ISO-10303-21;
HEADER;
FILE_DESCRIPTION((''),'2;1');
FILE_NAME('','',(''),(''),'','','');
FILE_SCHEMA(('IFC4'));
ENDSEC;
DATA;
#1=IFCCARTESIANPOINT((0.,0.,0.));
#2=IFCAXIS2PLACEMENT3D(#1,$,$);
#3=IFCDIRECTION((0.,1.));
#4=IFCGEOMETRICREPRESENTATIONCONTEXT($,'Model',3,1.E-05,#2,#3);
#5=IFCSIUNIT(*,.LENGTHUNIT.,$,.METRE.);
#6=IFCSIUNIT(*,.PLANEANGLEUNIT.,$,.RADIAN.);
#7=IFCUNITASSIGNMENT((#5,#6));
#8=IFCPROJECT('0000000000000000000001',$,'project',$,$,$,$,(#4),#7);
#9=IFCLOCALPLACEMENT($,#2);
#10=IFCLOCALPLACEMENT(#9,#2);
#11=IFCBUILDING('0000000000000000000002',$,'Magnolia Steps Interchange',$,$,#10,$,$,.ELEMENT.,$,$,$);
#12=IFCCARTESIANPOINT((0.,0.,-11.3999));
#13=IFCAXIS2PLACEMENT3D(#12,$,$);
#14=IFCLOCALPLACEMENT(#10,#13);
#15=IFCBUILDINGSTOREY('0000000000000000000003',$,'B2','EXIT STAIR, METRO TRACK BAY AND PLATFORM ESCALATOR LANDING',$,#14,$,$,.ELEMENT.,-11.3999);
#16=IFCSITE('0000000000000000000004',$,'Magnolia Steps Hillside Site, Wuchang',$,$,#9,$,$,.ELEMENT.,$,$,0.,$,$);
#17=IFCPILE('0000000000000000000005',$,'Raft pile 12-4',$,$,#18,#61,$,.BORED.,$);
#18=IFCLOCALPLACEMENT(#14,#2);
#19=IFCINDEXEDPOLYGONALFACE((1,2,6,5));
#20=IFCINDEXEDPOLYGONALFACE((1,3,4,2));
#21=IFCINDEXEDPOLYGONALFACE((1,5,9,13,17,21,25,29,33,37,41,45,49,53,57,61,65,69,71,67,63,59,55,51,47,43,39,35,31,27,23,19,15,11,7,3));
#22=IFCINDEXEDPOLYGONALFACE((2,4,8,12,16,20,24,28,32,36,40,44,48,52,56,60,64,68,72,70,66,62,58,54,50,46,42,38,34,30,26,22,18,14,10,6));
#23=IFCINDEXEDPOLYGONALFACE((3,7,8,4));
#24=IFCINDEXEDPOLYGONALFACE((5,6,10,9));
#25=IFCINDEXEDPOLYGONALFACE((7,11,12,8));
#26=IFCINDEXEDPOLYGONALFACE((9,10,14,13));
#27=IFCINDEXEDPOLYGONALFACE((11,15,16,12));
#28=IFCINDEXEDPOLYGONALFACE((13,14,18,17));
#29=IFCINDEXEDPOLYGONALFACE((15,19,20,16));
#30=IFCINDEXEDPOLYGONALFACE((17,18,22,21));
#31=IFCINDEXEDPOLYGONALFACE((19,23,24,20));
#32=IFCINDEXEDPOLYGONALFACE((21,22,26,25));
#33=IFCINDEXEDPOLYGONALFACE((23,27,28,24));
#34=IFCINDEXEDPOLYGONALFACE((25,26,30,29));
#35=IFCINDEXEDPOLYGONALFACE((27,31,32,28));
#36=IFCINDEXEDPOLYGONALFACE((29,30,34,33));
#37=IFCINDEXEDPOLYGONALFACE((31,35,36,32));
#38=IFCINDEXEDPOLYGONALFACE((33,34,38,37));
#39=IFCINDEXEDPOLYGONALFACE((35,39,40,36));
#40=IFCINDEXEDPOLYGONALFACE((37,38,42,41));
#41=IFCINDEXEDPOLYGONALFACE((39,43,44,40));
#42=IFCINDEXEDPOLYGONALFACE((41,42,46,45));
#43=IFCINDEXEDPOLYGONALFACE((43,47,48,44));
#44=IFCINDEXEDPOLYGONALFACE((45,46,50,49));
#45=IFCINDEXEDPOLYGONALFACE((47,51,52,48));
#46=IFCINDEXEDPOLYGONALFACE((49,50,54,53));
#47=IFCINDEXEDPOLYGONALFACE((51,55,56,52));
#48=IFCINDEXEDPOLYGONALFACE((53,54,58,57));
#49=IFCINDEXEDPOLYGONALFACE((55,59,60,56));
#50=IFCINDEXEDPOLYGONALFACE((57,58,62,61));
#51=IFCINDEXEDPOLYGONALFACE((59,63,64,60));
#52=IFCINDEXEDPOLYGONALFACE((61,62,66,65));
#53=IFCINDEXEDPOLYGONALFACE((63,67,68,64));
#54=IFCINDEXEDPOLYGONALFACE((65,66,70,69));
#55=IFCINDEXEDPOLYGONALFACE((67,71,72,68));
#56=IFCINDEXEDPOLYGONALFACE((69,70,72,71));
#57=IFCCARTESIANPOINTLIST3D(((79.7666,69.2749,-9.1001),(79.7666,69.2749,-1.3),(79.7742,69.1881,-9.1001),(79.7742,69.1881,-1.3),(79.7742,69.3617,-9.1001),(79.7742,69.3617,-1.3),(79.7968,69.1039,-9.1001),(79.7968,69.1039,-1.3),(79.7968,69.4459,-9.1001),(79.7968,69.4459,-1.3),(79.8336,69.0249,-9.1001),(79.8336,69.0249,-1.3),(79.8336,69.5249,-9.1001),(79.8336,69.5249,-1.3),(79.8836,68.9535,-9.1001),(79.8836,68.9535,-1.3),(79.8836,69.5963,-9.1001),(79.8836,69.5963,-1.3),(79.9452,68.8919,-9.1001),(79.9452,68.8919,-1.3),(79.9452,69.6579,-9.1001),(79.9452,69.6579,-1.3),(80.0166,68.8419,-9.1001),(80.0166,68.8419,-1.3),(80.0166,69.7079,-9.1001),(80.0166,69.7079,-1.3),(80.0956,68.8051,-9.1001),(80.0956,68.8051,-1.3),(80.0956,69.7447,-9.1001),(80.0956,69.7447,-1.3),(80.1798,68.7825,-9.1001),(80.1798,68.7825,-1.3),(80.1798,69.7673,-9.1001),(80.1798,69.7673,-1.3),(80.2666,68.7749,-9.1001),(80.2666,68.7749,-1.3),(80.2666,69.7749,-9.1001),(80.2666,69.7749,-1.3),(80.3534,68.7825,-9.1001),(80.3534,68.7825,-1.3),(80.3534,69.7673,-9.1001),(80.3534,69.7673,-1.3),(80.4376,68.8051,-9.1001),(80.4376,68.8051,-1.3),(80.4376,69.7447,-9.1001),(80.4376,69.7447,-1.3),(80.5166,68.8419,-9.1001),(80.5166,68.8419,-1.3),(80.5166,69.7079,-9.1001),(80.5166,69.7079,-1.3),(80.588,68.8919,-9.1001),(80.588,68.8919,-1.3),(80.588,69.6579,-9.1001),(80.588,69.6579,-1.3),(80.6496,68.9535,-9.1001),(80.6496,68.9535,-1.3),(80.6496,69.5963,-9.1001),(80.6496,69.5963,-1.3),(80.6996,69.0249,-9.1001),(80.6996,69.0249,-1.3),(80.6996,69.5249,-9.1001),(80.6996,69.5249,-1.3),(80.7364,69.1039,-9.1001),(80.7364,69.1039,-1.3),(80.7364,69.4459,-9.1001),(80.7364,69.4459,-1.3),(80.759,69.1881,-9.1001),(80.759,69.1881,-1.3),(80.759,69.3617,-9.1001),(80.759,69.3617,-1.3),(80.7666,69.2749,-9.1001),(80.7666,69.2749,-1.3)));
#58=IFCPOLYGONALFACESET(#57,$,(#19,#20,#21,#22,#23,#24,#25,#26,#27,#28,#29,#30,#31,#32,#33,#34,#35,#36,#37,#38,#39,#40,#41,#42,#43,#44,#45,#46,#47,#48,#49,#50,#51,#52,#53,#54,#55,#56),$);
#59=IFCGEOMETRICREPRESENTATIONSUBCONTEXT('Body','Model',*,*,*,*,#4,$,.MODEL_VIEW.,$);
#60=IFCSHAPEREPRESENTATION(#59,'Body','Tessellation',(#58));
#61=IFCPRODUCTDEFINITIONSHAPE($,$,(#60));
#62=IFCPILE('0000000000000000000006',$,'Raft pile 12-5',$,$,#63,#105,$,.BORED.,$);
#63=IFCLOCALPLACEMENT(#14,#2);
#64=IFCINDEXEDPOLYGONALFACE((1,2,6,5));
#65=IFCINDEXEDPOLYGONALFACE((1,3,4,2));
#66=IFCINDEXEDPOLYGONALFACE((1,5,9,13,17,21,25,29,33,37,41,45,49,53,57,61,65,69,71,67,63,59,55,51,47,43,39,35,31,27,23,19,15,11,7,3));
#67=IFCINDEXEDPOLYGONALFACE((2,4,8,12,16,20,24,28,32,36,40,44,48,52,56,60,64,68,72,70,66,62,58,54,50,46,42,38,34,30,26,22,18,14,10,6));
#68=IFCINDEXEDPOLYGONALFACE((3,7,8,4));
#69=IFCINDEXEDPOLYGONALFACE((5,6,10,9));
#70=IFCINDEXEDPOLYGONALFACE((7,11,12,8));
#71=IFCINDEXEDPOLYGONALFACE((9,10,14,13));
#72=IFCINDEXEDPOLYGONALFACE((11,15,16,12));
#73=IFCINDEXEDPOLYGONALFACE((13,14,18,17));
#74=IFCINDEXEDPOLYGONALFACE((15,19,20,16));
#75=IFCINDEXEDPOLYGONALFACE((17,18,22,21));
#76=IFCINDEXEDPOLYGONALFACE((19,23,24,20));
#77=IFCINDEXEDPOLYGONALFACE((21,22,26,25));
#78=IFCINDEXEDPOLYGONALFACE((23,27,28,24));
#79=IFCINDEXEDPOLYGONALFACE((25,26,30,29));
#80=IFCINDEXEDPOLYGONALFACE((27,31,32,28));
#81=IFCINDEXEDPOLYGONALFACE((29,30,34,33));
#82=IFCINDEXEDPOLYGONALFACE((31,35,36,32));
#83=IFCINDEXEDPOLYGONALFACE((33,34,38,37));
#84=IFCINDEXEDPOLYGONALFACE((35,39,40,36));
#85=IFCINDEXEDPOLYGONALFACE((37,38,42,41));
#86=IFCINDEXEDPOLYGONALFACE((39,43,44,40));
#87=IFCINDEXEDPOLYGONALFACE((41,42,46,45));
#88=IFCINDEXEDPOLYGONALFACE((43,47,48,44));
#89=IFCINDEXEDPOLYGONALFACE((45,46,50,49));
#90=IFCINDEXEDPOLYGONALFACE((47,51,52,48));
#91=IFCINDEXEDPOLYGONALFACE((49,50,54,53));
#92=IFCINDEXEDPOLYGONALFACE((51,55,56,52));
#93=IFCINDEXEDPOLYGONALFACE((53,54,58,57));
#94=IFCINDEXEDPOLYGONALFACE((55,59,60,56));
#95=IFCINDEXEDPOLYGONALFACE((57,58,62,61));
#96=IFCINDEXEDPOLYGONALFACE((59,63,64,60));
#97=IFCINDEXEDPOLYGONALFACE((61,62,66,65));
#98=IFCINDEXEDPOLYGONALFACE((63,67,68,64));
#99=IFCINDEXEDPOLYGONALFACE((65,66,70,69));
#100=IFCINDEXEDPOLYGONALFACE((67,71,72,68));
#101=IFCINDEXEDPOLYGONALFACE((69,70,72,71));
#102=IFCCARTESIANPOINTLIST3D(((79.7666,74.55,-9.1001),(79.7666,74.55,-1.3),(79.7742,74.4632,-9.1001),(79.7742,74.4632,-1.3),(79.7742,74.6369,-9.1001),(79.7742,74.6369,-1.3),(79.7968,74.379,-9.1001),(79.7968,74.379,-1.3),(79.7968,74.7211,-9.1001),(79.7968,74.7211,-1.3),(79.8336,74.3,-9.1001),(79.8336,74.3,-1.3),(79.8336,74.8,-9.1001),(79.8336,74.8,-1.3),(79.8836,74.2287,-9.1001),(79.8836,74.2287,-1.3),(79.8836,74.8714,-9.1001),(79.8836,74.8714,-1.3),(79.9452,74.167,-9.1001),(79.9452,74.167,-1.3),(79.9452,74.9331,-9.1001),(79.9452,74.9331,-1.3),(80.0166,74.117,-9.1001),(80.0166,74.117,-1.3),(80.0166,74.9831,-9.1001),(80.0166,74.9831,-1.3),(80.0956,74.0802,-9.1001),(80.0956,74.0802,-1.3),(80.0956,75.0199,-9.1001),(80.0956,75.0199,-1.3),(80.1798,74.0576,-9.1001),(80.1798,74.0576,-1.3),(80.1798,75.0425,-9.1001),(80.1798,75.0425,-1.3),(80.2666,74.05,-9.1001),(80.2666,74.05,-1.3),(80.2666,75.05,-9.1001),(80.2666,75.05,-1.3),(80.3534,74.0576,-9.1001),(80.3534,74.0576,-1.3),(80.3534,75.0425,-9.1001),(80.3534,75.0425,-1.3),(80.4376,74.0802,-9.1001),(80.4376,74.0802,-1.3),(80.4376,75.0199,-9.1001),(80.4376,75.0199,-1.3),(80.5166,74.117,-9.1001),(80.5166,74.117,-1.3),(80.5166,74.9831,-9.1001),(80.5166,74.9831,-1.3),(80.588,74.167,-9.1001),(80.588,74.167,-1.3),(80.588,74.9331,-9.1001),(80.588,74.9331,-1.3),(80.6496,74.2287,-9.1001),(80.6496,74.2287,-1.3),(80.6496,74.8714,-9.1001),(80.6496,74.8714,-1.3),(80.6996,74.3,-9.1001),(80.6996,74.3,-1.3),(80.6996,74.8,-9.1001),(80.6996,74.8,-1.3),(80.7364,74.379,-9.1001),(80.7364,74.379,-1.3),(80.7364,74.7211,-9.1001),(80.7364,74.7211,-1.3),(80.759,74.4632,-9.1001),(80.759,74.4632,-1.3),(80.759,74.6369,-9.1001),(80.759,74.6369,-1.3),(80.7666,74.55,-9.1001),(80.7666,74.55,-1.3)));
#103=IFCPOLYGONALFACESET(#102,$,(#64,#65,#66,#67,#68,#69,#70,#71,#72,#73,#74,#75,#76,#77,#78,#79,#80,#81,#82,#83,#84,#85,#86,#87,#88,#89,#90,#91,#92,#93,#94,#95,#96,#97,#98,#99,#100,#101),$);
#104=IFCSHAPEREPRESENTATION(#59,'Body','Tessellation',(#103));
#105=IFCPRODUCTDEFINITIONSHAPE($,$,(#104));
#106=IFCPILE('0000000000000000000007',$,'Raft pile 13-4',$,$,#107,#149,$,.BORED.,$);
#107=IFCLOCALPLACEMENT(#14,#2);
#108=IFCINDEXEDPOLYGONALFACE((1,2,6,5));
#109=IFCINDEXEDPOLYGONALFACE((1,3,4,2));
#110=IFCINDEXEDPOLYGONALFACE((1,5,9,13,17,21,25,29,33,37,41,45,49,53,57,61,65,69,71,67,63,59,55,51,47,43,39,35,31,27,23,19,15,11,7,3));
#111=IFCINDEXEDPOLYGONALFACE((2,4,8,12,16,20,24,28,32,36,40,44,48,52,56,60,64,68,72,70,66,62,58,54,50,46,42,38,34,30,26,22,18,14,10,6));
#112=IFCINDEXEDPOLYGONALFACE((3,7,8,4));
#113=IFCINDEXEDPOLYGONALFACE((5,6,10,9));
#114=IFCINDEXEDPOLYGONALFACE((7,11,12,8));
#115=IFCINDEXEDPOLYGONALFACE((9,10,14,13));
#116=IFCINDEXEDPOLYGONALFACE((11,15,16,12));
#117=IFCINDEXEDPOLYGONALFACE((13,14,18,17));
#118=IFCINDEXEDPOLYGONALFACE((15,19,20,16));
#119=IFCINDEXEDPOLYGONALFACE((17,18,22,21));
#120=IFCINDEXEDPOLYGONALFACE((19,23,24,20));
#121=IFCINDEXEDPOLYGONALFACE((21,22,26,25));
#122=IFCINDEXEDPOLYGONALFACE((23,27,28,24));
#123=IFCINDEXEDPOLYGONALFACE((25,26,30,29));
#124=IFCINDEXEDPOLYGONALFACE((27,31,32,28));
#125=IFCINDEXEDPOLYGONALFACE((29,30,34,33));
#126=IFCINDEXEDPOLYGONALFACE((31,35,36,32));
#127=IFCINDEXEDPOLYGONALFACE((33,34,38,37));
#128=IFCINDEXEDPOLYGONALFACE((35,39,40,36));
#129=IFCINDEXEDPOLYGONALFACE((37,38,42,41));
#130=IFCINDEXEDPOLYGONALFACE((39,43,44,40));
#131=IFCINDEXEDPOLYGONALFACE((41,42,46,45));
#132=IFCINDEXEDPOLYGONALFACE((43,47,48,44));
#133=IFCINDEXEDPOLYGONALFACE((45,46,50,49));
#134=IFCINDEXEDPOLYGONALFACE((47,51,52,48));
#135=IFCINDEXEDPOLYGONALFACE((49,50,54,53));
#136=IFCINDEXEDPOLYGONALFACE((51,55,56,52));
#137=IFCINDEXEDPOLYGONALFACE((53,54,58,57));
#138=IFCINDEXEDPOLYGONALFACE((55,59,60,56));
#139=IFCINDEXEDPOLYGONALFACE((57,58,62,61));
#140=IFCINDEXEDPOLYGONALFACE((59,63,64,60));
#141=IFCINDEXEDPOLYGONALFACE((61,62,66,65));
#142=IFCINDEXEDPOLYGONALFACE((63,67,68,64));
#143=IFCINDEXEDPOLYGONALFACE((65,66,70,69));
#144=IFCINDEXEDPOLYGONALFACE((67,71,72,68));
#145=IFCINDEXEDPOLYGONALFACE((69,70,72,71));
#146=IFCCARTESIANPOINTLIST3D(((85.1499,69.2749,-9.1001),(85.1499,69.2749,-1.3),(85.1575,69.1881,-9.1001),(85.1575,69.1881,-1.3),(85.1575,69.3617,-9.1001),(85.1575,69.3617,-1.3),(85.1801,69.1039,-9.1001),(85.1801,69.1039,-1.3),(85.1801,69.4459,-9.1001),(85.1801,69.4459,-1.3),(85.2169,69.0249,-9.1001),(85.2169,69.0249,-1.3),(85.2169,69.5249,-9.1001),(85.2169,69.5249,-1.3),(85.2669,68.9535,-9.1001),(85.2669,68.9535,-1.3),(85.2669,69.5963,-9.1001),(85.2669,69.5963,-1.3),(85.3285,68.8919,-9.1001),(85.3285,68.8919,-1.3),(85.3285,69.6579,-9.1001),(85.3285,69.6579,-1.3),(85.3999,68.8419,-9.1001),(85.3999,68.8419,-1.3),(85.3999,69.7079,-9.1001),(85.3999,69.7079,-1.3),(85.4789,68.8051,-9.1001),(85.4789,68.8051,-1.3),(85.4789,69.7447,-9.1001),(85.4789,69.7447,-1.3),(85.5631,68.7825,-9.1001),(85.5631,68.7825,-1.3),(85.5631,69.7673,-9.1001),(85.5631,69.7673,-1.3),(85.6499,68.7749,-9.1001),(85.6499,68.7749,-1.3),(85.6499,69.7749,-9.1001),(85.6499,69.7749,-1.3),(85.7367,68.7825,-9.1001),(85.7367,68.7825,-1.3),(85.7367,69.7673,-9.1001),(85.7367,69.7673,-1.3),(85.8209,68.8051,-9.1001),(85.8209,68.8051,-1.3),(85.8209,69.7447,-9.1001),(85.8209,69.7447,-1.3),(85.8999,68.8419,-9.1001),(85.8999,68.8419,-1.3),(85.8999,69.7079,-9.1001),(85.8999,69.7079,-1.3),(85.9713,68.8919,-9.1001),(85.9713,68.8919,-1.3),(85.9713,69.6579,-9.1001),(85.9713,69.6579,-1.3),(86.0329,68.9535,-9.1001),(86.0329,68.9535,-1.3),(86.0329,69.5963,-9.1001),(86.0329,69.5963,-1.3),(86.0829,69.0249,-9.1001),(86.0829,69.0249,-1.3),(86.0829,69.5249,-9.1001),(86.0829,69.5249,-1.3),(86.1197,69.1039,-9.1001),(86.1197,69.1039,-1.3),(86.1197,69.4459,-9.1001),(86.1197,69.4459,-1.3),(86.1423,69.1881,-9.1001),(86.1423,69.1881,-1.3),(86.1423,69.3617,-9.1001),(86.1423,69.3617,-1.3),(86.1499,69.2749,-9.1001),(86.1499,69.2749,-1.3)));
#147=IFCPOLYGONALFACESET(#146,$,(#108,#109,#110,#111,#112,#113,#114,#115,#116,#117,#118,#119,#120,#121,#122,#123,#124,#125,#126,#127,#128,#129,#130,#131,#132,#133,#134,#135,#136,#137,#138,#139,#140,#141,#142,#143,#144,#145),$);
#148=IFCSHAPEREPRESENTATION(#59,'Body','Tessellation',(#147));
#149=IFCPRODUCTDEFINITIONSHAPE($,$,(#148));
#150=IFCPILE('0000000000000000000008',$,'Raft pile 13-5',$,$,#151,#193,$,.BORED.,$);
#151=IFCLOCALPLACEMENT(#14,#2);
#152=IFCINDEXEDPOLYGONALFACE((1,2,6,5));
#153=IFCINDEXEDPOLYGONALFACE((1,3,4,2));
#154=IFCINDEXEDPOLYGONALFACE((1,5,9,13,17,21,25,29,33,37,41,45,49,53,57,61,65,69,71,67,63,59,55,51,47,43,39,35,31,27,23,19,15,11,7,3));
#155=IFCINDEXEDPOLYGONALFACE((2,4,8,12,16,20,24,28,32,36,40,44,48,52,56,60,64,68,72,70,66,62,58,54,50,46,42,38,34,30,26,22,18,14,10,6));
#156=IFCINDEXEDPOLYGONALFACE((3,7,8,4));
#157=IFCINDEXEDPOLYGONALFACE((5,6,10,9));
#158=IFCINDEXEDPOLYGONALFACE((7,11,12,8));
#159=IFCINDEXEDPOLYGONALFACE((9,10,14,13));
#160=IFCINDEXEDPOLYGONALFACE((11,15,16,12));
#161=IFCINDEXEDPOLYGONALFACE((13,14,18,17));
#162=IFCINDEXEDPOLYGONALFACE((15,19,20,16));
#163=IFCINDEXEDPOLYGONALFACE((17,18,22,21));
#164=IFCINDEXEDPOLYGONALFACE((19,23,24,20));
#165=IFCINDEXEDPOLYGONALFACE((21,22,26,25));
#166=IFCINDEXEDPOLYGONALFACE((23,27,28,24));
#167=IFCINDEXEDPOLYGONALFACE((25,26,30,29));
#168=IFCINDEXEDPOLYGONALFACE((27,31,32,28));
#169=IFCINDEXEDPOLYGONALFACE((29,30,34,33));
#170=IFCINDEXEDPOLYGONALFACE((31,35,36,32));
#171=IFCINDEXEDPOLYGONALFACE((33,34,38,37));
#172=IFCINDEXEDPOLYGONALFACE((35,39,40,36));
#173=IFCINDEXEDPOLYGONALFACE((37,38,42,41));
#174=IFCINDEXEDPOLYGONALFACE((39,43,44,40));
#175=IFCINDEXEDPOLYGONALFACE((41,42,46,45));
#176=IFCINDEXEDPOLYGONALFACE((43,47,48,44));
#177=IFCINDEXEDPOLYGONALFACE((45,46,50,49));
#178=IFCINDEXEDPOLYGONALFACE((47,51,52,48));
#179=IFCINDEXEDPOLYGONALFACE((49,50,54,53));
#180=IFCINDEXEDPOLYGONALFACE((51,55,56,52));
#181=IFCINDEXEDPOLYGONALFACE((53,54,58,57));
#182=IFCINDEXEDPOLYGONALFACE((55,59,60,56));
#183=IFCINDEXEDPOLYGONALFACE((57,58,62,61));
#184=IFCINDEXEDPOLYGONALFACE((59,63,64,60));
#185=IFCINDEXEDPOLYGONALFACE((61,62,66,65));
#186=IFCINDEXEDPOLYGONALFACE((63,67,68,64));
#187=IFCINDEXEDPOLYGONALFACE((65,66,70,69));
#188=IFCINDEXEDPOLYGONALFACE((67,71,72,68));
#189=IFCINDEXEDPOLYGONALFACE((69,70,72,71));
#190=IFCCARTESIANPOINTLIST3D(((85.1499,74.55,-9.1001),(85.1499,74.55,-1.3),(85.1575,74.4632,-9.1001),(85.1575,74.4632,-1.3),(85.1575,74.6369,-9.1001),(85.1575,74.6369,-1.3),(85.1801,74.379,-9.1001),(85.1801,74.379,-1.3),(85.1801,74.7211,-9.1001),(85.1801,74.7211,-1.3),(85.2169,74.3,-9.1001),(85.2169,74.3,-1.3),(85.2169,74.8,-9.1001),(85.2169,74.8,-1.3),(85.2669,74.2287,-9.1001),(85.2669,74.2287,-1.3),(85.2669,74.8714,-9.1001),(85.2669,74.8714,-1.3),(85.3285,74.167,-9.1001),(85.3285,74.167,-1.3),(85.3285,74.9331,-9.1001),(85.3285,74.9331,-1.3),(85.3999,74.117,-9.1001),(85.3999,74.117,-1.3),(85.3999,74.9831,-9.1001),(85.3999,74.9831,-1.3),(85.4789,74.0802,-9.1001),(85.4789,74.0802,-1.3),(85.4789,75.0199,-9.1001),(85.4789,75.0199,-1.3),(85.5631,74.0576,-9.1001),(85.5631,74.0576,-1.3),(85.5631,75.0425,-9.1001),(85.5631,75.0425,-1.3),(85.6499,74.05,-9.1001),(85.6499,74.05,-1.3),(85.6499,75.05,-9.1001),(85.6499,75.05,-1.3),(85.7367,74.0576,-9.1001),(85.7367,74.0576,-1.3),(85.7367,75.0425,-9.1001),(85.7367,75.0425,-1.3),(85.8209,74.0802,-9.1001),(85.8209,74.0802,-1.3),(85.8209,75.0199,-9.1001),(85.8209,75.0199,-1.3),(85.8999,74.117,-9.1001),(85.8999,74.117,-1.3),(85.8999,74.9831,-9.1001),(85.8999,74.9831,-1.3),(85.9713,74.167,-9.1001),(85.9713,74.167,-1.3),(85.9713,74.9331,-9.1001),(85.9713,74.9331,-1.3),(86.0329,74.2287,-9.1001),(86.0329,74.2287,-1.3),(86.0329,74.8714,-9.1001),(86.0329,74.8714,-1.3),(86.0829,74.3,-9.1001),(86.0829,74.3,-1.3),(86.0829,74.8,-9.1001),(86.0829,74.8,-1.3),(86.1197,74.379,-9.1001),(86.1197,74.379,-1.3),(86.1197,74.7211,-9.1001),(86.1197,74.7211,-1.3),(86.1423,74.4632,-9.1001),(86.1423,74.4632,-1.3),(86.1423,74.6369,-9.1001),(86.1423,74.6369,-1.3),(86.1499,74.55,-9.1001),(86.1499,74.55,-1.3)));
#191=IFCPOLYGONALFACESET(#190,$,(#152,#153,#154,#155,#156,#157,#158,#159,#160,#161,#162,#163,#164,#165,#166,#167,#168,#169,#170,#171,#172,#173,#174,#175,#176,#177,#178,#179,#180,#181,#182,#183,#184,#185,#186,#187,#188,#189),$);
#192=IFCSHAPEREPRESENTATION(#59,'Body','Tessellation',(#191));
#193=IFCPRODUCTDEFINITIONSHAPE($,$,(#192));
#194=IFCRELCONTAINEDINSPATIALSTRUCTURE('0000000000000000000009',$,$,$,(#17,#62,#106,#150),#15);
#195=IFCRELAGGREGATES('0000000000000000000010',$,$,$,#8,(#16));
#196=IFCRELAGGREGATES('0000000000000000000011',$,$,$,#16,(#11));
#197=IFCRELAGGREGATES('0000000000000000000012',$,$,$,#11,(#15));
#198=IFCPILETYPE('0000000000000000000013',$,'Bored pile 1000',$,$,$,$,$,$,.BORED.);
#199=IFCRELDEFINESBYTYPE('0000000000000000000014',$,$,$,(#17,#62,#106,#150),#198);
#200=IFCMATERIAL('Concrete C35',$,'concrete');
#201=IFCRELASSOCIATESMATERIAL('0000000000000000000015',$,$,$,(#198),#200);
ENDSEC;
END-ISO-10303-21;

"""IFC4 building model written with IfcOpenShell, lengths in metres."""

from ifc_helpers import new_model, si_unit, direction, frame, origin, origin_2d, place, context, subcontext, project, spatial, circle, extrude, material, material_profile, profile_set, type_object, element, save


model = new_model("IFC4")

# Units and contexts
model_context = context("Model", 3, precision=1e-05, world=origin(), true_north=direction((0.0, 1.0)))
body_context = subcontext(model_context, "Body", "Model", "MODEL_VIEW")
ifc_project = project(units=[si_unit("LENGTHUNIT", "METRE"), si_unit("PLANEANGLEUNIT", "RADIAN")], contexts=[model_context])

# Site, building, storey
site_placement = place(None, origin())
site = spatial("IfcSite", under=ifc_project, at=site_placement, Name="Magnolia Steps Hillside Site, Wuchang", CompositionType="ELEMENT", RefElevation=0.0)
building_placement = place(site_placement, origin())
building = spatial("IfcBuilding", under=site, at=building_placement, Name="Magnolia Steps Interchange", CompositionType="ELEMENT")
storey_placement = place(building_placement, frame((0.0, 0.0, -11.3999)))
storey = spatial("IfcBuildingStorey", under=building, at=storey_placement, Name="B2", Description="EXIT STAIR, METRO TRACK BAY AND PLATFORM ESCALATOR LANDING", CompositionType="ELEMENT", Elevation=-11.3999)

# Piles
ifc_material_1 = material(Name="Concrete C35", Category="concrete")
ifc_material_profile_1 = material_profile(ifc_material_1, circle(Radius=0.5, at=origin_2d()), Name="Bored pile 1000")
ifc_profile_set_1 = profile_set([ifc_material_profile_1], Name="Concrete C35")
pile_type_1 = type_object("IfcPileType", Name="Bored pile 1000", PredefinedType="BORED", material=ifc_profile_set_1)
for number, where, z_axis, x_axis, name in (
    (1, (80.2666, 69.2749, -1.3), (0.0, 0.0, -1.0), (1.0, 0.0, 0.0), "Raft pile 12-4"),
    (2, (80.2666, 74.55, -1.3), (0.0, 0.0, -1.0), (1.0, 0.0, 0.0), "Raft pile 12-5"),
    (3, (85.6499, 69.2749, -1.3), (0.0, 0.0, -1.0), (1.0, 0.0, 0.0), "Raft pile 13-4"),
    (4, (85.6499, 74.55, -1.3), (0.0, 0.0, -1.0), (1.0, 0.0, 0.0), "Raft pile 13-5"),
):
    element("IfcPile", number, at=place(storey_placement, frame(where, z_axis=z_axis, x_axis=x_axis)), inside=storey, type_object=pile_type_1, Name=name, PredefinedType="BORED", context=body_context, shape_type="SweptSolid", body=[
        extrude(circle(Radius=0.5, at=origin_2d()), origin(), (0.0, 0.0, 1.0), 7.8),
    ])

save(model, "model.ifc")
